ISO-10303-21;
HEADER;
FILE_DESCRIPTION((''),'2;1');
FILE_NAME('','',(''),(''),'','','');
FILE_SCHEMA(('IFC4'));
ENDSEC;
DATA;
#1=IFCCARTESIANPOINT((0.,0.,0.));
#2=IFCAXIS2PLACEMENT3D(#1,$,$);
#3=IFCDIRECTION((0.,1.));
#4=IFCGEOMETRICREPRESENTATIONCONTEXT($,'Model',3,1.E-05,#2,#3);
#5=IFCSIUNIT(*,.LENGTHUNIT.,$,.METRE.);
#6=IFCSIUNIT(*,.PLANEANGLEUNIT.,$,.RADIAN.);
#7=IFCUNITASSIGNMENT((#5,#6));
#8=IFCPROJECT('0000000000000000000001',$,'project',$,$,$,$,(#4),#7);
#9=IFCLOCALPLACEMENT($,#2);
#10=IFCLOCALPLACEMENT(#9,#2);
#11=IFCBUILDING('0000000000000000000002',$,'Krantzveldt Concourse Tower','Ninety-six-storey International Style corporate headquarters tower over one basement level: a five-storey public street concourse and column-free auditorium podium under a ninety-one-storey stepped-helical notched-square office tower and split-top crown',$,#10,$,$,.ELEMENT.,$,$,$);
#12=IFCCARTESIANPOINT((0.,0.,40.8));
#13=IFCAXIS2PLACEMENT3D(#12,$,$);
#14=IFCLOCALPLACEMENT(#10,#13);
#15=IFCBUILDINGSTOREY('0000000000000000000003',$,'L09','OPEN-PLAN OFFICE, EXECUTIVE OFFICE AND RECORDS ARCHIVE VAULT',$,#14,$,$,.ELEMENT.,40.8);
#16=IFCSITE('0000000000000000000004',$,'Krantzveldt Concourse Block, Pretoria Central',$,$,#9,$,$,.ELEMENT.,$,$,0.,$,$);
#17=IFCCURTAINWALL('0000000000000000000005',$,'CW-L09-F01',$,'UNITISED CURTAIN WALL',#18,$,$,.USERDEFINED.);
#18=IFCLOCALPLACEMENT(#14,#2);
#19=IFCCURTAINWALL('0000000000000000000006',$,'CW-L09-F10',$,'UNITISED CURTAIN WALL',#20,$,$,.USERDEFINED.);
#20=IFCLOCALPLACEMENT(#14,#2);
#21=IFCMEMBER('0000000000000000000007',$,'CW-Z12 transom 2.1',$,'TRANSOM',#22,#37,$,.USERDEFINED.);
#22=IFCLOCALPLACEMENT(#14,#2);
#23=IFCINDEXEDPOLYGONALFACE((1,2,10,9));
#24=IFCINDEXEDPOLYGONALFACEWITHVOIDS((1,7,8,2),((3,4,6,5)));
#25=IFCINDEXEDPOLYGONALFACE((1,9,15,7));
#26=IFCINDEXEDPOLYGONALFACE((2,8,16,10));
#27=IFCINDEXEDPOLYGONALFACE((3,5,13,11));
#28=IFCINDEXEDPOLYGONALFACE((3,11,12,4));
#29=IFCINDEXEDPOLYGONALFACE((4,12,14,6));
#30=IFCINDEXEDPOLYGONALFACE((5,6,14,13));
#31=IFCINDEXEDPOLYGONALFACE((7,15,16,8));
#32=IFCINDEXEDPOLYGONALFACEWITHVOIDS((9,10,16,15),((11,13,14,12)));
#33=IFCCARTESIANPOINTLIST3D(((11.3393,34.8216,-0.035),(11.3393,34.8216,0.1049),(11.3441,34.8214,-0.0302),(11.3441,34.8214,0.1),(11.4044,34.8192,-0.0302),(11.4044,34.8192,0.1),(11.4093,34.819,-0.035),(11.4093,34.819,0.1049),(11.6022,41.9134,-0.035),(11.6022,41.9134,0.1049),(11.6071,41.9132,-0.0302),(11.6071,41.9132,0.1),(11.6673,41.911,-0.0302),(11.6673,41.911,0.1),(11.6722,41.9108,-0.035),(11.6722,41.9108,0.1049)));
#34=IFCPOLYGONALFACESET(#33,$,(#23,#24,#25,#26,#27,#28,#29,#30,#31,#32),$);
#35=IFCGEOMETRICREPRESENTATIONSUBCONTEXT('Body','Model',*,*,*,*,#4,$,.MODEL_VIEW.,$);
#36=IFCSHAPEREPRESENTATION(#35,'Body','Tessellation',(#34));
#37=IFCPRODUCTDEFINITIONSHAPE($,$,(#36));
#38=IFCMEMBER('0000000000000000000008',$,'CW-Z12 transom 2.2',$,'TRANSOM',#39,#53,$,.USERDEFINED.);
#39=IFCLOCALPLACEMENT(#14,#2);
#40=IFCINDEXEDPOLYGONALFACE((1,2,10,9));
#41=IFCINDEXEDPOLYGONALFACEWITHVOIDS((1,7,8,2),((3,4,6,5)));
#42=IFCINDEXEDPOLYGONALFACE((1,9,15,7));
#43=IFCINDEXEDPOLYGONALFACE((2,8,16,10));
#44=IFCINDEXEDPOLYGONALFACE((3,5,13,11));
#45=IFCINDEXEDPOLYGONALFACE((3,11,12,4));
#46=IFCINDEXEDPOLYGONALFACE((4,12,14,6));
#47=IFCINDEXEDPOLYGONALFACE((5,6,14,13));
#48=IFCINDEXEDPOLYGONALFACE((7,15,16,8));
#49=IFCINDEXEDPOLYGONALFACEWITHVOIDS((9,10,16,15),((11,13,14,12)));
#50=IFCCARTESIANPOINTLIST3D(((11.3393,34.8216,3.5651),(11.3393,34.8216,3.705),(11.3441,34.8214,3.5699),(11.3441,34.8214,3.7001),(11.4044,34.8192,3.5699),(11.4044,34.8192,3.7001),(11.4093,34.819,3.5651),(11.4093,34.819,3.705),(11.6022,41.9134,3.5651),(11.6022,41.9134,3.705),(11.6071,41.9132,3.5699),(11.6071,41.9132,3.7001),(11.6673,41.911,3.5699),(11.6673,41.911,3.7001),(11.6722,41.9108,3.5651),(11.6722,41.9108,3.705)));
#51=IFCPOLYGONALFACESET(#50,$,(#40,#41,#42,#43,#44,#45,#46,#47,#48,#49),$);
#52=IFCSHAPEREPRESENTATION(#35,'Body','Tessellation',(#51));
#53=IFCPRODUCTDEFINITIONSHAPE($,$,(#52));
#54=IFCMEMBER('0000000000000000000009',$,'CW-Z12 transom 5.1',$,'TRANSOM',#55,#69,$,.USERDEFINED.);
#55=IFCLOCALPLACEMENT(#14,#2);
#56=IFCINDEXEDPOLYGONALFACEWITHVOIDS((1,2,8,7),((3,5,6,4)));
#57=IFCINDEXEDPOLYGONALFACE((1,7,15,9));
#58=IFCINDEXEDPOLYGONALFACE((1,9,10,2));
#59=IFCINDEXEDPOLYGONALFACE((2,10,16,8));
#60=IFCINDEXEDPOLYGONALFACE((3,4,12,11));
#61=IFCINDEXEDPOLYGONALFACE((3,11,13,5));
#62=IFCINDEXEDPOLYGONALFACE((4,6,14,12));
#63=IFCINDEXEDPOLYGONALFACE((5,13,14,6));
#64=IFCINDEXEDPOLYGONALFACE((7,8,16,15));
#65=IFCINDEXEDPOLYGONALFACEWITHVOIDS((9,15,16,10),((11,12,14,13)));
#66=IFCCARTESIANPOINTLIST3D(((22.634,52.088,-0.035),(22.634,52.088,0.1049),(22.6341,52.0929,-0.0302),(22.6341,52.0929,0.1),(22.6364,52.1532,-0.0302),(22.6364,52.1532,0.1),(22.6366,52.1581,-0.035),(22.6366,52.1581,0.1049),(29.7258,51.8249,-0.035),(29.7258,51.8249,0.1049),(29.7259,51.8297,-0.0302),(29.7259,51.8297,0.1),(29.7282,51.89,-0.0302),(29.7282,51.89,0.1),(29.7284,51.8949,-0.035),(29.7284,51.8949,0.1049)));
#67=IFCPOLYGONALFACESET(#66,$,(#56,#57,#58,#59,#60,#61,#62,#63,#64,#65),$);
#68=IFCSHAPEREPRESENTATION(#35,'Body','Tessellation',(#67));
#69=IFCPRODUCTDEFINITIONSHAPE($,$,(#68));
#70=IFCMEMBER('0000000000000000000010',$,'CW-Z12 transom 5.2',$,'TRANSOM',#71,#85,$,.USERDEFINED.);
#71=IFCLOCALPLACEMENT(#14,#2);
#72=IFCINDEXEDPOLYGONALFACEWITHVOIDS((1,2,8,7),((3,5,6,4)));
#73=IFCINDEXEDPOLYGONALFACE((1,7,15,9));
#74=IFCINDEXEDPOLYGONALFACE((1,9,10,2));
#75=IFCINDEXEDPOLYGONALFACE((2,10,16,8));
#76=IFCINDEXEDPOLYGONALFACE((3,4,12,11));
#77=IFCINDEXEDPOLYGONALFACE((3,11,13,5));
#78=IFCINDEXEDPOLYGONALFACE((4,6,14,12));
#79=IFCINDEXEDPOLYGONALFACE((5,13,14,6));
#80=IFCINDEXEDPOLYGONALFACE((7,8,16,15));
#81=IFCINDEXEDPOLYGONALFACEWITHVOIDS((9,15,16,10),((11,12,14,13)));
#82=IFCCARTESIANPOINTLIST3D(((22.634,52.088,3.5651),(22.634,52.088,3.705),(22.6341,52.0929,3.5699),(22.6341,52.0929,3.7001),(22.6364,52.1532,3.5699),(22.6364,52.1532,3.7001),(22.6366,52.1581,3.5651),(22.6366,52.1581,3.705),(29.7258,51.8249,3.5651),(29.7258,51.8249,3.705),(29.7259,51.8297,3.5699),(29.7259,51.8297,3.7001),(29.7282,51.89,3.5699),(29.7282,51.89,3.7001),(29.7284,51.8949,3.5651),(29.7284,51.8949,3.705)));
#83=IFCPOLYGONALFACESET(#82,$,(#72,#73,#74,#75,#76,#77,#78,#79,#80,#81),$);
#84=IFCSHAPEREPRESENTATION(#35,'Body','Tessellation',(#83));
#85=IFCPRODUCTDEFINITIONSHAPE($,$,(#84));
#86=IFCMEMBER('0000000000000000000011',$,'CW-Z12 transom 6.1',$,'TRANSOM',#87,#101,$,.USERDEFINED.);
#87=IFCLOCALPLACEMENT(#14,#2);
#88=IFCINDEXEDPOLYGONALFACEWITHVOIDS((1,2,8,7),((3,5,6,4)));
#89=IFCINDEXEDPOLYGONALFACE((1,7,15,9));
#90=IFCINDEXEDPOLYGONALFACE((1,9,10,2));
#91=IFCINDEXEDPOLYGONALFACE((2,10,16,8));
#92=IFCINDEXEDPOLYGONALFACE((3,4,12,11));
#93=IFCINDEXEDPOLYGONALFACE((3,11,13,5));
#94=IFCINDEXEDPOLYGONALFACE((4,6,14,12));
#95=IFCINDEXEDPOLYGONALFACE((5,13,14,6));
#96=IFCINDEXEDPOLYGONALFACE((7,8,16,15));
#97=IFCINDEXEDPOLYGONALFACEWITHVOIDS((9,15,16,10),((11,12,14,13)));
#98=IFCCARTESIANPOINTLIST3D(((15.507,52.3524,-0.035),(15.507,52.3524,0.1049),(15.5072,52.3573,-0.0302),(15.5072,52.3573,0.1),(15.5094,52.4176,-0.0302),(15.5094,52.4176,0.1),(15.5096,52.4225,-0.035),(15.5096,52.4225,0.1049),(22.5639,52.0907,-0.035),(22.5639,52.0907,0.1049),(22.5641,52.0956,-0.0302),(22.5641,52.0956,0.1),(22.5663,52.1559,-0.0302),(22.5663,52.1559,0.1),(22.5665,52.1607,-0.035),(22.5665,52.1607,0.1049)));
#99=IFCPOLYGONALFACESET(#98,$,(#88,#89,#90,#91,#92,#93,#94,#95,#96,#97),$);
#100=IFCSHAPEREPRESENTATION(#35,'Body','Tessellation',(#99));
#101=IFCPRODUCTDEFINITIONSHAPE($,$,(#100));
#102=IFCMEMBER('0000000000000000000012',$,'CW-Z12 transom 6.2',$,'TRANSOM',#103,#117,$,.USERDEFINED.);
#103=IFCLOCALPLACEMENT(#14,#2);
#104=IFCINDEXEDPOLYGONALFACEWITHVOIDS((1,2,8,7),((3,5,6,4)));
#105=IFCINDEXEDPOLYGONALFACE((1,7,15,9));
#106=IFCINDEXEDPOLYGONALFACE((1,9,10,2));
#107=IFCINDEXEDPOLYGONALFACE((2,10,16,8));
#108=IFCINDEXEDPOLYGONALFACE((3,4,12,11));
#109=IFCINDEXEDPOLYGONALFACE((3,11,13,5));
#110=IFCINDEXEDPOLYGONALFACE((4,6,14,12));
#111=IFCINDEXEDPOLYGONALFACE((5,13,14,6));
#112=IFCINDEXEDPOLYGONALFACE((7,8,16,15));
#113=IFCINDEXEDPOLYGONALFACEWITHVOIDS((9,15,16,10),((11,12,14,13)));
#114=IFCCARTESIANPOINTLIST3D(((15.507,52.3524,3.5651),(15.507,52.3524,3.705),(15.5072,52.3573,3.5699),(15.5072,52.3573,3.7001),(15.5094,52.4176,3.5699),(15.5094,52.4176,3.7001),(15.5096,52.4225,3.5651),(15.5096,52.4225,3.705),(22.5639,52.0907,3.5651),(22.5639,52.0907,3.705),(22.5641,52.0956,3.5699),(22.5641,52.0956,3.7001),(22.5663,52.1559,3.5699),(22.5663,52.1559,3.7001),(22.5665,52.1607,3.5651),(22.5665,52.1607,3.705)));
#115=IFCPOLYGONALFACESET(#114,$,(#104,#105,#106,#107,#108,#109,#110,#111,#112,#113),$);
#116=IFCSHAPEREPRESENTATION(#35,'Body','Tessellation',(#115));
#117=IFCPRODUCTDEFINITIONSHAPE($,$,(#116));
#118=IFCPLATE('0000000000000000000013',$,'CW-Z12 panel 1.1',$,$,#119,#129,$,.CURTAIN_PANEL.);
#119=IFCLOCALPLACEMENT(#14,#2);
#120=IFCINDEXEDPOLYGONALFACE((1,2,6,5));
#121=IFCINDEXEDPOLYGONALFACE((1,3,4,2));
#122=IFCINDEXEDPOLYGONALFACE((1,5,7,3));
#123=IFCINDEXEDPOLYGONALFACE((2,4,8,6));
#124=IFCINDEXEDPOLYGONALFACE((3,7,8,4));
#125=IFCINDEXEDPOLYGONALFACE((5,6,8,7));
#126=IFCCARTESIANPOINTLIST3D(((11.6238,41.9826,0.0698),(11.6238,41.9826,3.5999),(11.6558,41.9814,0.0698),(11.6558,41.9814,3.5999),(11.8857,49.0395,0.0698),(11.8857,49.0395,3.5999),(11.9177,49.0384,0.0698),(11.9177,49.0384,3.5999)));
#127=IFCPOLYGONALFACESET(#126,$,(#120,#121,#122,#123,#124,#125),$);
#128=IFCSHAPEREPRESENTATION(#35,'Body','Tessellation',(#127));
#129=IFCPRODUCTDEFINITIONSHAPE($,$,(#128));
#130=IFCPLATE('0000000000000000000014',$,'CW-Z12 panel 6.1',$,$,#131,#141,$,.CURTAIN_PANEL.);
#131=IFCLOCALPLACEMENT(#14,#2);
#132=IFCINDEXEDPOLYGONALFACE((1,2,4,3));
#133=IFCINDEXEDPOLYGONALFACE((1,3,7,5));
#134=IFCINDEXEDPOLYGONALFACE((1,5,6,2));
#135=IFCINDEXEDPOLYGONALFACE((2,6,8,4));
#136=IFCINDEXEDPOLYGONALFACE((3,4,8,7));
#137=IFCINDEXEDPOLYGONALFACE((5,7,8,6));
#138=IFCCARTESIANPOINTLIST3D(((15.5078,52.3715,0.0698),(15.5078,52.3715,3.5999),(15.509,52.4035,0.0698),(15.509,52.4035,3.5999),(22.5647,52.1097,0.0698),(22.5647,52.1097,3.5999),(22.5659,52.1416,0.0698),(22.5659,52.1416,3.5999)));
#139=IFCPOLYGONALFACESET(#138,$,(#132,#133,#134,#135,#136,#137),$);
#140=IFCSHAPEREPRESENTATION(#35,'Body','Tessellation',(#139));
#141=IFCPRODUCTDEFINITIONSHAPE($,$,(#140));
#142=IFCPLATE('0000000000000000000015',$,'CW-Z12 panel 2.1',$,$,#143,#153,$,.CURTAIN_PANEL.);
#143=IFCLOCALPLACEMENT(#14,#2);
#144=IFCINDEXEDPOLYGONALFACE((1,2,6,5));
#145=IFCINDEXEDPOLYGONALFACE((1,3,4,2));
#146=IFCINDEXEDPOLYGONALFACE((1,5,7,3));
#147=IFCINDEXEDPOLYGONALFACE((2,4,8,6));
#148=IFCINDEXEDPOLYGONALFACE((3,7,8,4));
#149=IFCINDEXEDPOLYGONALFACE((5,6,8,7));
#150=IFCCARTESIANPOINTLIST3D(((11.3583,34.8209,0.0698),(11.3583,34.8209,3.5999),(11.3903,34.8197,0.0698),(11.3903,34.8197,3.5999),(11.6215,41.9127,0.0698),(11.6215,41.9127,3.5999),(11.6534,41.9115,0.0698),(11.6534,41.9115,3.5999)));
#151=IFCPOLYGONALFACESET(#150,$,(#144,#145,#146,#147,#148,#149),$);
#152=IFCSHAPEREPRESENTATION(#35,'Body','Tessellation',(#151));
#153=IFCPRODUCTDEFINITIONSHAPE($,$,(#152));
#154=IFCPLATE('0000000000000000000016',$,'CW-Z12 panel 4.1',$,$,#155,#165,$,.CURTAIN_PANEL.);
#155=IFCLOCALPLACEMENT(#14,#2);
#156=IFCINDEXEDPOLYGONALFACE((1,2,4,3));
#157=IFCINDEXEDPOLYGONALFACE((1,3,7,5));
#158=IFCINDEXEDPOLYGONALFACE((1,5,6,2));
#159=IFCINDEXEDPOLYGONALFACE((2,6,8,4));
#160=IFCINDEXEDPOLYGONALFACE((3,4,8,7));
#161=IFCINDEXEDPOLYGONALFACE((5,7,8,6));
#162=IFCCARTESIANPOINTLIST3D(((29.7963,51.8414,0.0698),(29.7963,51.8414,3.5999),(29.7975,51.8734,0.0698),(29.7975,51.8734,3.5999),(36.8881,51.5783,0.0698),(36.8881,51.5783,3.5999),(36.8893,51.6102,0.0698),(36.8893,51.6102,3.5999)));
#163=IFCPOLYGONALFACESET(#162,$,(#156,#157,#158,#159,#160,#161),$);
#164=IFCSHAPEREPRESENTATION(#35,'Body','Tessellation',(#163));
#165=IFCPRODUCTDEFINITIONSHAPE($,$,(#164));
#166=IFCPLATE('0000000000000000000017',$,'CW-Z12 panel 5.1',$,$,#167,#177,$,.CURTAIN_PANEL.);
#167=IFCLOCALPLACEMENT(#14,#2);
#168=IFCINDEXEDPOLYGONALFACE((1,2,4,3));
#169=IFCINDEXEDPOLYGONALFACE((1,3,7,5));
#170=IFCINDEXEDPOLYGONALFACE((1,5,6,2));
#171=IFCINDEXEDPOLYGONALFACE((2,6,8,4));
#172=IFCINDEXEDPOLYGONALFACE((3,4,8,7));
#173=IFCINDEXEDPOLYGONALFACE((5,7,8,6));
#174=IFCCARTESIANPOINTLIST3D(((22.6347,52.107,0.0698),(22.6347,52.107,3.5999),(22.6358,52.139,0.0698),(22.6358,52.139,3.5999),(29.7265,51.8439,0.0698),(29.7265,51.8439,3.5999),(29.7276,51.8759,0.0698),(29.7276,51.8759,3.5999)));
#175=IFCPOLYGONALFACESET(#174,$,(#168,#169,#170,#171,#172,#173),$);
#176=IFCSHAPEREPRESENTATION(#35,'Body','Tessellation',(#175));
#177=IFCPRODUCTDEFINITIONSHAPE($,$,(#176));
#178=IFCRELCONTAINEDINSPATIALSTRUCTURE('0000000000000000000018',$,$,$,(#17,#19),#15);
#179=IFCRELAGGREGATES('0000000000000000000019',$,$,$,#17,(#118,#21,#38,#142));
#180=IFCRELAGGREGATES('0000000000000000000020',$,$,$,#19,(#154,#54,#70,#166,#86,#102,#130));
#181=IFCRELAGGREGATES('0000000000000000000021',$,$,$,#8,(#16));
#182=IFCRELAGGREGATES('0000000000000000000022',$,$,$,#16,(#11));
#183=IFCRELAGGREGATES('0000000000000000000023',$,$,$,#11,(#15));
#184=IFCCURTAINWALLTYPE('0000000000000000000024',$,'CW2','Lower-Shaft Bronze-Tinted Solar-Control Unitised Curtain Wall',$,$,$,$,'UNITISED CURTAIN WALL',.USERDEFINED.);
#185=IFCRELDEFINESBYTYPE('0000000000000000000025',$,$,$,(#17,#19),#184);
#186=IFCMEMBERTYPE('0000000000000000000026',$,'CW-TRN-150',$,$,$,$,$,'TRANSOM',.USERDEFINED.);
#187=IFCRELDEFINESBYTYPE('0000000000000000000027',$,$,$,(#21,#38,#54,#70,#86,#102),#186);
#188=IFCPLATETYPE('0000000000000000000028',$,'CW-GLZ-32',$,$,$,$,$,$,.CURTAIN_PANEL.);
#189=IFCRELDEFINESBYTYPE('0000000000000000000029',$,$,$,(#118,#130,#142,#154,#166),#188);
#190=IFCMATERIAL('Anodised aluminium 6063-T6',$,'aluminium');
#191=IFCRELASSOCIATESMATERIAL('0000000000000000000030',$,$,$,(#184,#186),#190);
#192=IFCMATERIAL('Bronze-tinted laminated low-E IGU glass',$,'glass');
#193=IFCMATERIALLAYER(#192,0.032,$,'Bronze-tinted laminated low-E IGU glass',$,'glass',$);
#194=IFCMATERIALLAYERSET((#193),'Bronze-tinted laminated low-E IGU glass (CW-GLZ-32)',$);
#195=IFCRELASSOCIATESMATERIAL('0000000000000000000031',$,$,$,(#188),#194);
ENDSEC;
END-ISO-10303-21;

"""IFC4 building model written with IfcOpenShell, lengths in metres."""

from ifc_helpers import new_model, si_unit, direction, frame, origin, origin_2d, place, context, subcontext, project, spatial, rectangle, hollow_rectangle, extrude, source, transform, mapped, material, layer, layer_set, material_profile, profile_set, type_object, type_shapes, element, aggregate, save


model = new_model("IFC4")

# Units and contexts
model_context = context("Model", 3, precision=1e-05, world=origin(), true_north=direction((0.0, 1.0)))
body_context = subcontext(model_context, "Body", "Model", "MODEL_VIEW")
ifc_project = project(units=[si_unit("LENGTHUNIT", "METRE"), si_unit("PLANEANGLEUNIT", "RADIAN")], contexts=[model_context])

# Site, building, storey
site_placement = place(None, origin())
site = spatial("IfcSite", under=ifc_project, at=site_placement, Name="Krantzveldt Concourse Block, Pretoria Central", CompositionType="ELEMENT", RefElevation=0.0)
building_placement = place(site_placement, origin())
building = spatial("IfcBuilding", under=site, at=building_placement, Name="Krantzveldt Concourse Tower", Description="Ninety-six-storey International Style corporate headquarters tower over one basement level: a five-storey public street concourse and column-free auditorium podium under a ninety-one-storey stepped-helical notched-square office tower and split-top crown", CompositionType="ELEMENT")
storey_placement = place(building_placement, frame((0.0, 0.0, 40.8)))
storey = spatial("IfcBuildingStorey", under=building, at=storey_placement, Name="L09", Description="OPEN-PLAN OFFICE, EXECUTIVE OFFICE AND RECORDS ARCHIVE VAULT", CompositionType="ELEMENT", Elevation=40.8)

# Curtain walls
ifc_material_1 = material(Name="Anodised aluminium 6063-T6", Category="aluminium")
curtain_wall_type = type_object("IfcCurtainWallType", Name="CW2", Description="Lower-Shaft Bronze-Tinted Solar-Control Unitised Curtain Wall", ElementType="UNITISED CURTAIN WALL", PredefinedType="USERDEFINED", material=ifc_material_1)
curtain_wall_1_placement = place(storey_placement, origin())
curtain_wall_1 = element("IfcCurtainWall", 1, at=curtain_wall_1_placement, inside=storey, type_object=curtain_wall_type, Name="CW-L09-F01", ObjectType="UNITISED CURTAIN WALL", PredefinedType="USERDEFINED")
curtain_wall_2_placement = place(storey_placement, origin())
curtain_wall_2 = element("IfcCurtainWall", 2, at=curtain_wall_2_placement, inside=storey, type_object=curtain_wall_type, Name="CW-L09-F10", ObjectType="UNITISED CURTAIN WALL", PredefinedType="USERDEFINED")

# Members
ifc_material_profile_1 = material_profile(ifc_material_1, hollow_rectangle(XDim=0.0701, YDim=0.1399, WallThickness=0.0049, at=origin_2d()), Name="Anodised aluminium 6063-T6", Category="aluminium")
ifc_profile_set_1 = profile_set([ifc_material_profile_1], Name="Anodised aluminium 6063-T6 - ALU-TRAN 140x70x5")
member_type_1 = type_object("IfcMemberType", Name="CW-TRN-150", ElementType="TRANSOM", PredefinedType="USERDEFINED", material=ifc_profile_set_1)
shared_shape_1 = source(origin(), body_context, "Body", "SweptSolid", [
    extrude(hollow_rectangle(XDim=0.0701, YDim=0.1399, WallThickness=0.0049, at=origin_2d()), origin(), (0.0, 0.0, 1.0), 7.0967),
])
member_1_placement = place(storey_placement, frame((11.6372, 41.9121, 0.0349), z_axis=(-0.037051, -0.999313, 0.0), x_axis=(0.999313, -0.037051, 0.0)))
member_1 = element("IfcMember", 3, at=member_1_placement, type_object=member_type_1, Name="CW-Z12 transom 2.1", ObjectType="TRANSOM", PredefinedType="USERDEFINED", context=body_context, shape_type="MappedRepresentation", body=[
    mapped(shared_shape_1, transform((0.0, 0.0, 0.0), x_axis=(1.0, 0.0, 0.0), y_axis=(0.0, 1.0, 0.0), z_axis=(0.0, 0.0, 1.0), scale=1.0)),
])
member_2_placement = place(storey_placement, frame((11.6372, 41.9121, 3.635), z_axis=(-0.037051, -0.999313, 0.0), x_axis=(0.999313, -0.037051, 0.0)))
member_2 = element("IfcMember", 4, at=member_2_placement, type_object=member_type_1, Name="CW-Z12 transom 2.2", ObjectType="TRANSOM", PredefinedType="USERDEFINED", context=body_context, shape_type="MappedRepresentation", body=[
    mapped(shared_shape_1, transform((0.0, 0.0, 0.0), x_axis=(1.0, 0.0, 0.0), y_axis=(0.0, 1.0, 0.0), z_axis=(0.0, 0.0, 1.0), scale=1.0)),
])
member_3_placement = place(storey_placement, frame((29.7271, 51.8599, 0.0349), z_axis=(-0.999312, 0.037085, 0.0), x_axis=(-0.037085, -0.999312, 0.0)))
member_3 = element("IfcMember", 5, at=member_3_placement, type_object=member_type_1, Name="CW-Z12 transom 5.1", ObjectType="TRANSOM", PredefinedType="USERDEFINED", context=body_context, shape_type="MappedRepresentation", body=[
    mapped(shared_shape_1, transform((0.0, 0.0, 0.0), x_axis=(1.0, 0.0, 0.0), y_axis=(0.0, 1.0, 0.0), z_axis=(0.0, 0.0, 1.0), scale=1.0)),
])
member_4_placement = place(storey_placement, frame((29.7271, 51.8599, 3.635), z_axis=(-0.999312, 0.037085, 0.0), x_axis=(-0.037085, -0.999312, 0.0)))
member_4 = element("IfcMember", 6, at=member_4_placement, type_object=member_type_1, Name="CW-Z12 transom 5.2", ObjectType="TRANSOM", PredefinedType="USERDEFINED", context=body_context, shape_type="MappedRepresentation", body=[
    mapped(shared_shape_1, transform((0.0, 0.0, 0.0), x_axis=(1.0, 0.0, 0.0), y_axis=(0.0, 1.0, 0.0), z_axis=(0.0, 0.0, 1.0), scale=1.0)),
])
shared_shape_2 = source(origin(), body_context, "Body", "SweptSolid", [
    extrude(hollow_rectangle(XDim=0.0701, YDim=0.1399, WallThickness=0.0049, at=origin_2d()), origin(), (0.0, 0.0, 1.0), 7.0618),
])
member_5_placement = place(storey_placement, frame((22.5652, 52.1257, 0.0349), z_axis=(-0.999313, 0.037062, 0.0), x_axis=(-0.037062, -0.999313, 0.0)))
member_5 = element("IfcMember", 7, at=member_5_placement, type_object=member_type_1, Name="CW-Z12 transom 6.1", ObjectType="TRANSOM", PredefinedType="USERDEFINED", context=body_context, shape_type="MappedRepresentation", body=[
    mapped(shared_shape_2, transform((0.0, 0.0, 0.0), x_axis=(1.0, 0.0, 0.0), y_axis=(0.0, 1.0, 0.0), z_axis=(0.0, 0.0, 1.0), scale=1.0)),
])
member_6_placement = place(storey_placement, frame((22.5652, 52.1257, 3.635), z_axis=(-0.999313, 0.037062, 0.0), x_axis=(-0.037062, -0.999313, 0.0)))
member_6 = element("IfcMember", 8, at=member_6_placement, type_object=member_type_1, Name="CW-Z12 transom 6.2", ObjectType="TRANSOM", PredefinedType="USERDEFINED", context=body_context, shape_type="MappedRepresentation", body=[
    mapped(shared_shape_2, transform((0.0, 0.0, 0.0), x_axis=(1.0, 0.0, 0.0), y_axis=(0.0, 1.0, 0.0), z_axis=(0.0, 0.0, 1.0), scale=1.0)),
])

# Plates
ifc_material_2 = material(Name="Bronze-tinted laminated low-E IGU glass", Category="glass")
ifc_layer_1 = layer(ifc_material_2, 0.032, Name="Bronze-tinted laminated low-E IGU glass", Category="glass")
ifc_layer_set_1 = layer_set([ifc_layer_1], Name="Bronze-tinted laminated low-E IGU glass (CW-GLZ-32)")
plate_type = type_object("IfcPlateType", Name="CW-GLZ-32", PredefinedType="CURTAIN_PANEL", material=ifc_layer_set_1)
shared_shape_3 = source(origin(), body_context, "Body", "SweptSolid", [
    extrude(rectangle(XDim=7.0618, YDim=0.032, at=origin_2d()), origin(), (0.0, 0.0, 1.0), 3.53),
])
plate_1_placement = place(storey_placement, frame((11.7708, 45.5105, 0.0698), z_axis=(0.0, 0.0, 1.0), x_axis=(-0.03708, -0.999312, 0.0)))
plate_1 = element("IfcPlate", 9, at=plate_1_placement, type_object=plate_type, Name="CW-Z12 panel 1.1", PredefinedType="CURTAIN_PANEL", context=body_context, shape_type="MappedRepresentation", body=[
    mapped(shared_shape_3, transform((0.0, 0.0, 0.0), x_axis=(1.0, 0.0, 0.0), y_axis=(0.0, 1.0, 0.0), z_axis=(0.0, 0.0, 1.0), scale=1.0)),
])
plate_2_placement = place(storey_placement, frame((19.0369, 52.2566, 0.0698), z_axis=(0.0, 0.0, 1.0), x_axis=(-0.999312, 0.03708, 0.0)))
plate_2 = element("IfcPlate", 10, at=plate_2_placement, type_object=plate_type, Name="CW-Z12 panel 6.1", PredefinedType="CURTAIN_PANEL", context=body_context, shape_type="MappedRepresentation", body=[
    mapped(shared_shape_3, transform((0.0, 0.0, 0.0), x_axis=(1.0, 0.0, 0.0), y_axis=(0.0, 1.0, 0.0), z_axis=(0.0, 0.0, 1.0), scale=1.0)),
])
shared_shape_4 = source(origin(), body_context, "Body", "SweptSolid", [
    extrude(rectangle(XDim=7.0967, YDim=0.032, at=origin_2d()), origin(), (0.0, 0.0, 1.0), 3.53),
])
type_shapes(plate_type, [shared_shape_3, shared_shape_4])
plate_3_placement = place(storey_placement, frame((11.5059, 38.3662, 0.0698), z_axis=(0.0, 0.0, 1.0), x_axis=(-0.03708, -0.999312, 0.0)))
plate_3 = element("IfcPlate", 11, at=plate_3_placement, type_object=plate_type, Name="CW-Z12 panel 2.1", PredefinedType="CURTAIN_PANEL", context=body_context, shape_type="MappedRepresentation", body=[
    mapped(shared_shape_4, transform((0.0, 0.0, 0.0), x_axis=(1.0, 0.0, 0.0), y_axis=(0.0, 1.0, 0.0), z_axis=(0.0, 0.0, 1.0), scale=1.0)),
])
aggregate(curtain_wall_1, [plate_1, member_1, member_2, plate_3])
plate_4_placement = place(storey_placement, frame((33.3428, 51.7258, 0.0698), z_axis=(0.0, 0.0, 1.0), x_axis=(-0.999312, 0.03708, 0.0)))
plate_4 = element("IfcPlate", 12, at=plate_4_placement, type_object=plate_type, Name="CW-Z12 panel 4.1", PredefinedType="CURTAIN_PANEL", context=body_context, shape_type="MappedRepresentation", body=[
    mapped(shared_shape_4, transform((0.0, 0.0, 0.0), x_axis=(1.0, 0.0, 0.0), y_axis=(0.0, 1.0, 0.0), z_axis=(0.0, 0.0, 1.0), scale=1.0)),
])
plate_5_placement = place(storey_placement, frame((26.1812, 51.9915, 0.0698), z_axis=(0.0, 0.0, 1.0), x_axis=(-0.999312, 0.03708, 0.0)))
plate_5 = element("IfcPlate", 13, at=plate_5_placement, type_object=plate_type, Name="CW-Z12 panel 5.1", PredefinedType="CURTAIN_PANEL", context=body_context, shape_type="MappedRepresentation", body=[
    mapped(shared_shape_4, transform((0.0, 0.0, 0.0), x_axis=(1.0, 0.0, 0.0), y_axis=(0.0, 1.0, 0.0), z_axis=(0.0, 0.0, 1.0), scale=1.0)),
])
aggregate(curtain_wall_2, [plate_4, member_3, member_4, plate_5, member_5, member_6, plate_2])

save(model, "model.ifc")
